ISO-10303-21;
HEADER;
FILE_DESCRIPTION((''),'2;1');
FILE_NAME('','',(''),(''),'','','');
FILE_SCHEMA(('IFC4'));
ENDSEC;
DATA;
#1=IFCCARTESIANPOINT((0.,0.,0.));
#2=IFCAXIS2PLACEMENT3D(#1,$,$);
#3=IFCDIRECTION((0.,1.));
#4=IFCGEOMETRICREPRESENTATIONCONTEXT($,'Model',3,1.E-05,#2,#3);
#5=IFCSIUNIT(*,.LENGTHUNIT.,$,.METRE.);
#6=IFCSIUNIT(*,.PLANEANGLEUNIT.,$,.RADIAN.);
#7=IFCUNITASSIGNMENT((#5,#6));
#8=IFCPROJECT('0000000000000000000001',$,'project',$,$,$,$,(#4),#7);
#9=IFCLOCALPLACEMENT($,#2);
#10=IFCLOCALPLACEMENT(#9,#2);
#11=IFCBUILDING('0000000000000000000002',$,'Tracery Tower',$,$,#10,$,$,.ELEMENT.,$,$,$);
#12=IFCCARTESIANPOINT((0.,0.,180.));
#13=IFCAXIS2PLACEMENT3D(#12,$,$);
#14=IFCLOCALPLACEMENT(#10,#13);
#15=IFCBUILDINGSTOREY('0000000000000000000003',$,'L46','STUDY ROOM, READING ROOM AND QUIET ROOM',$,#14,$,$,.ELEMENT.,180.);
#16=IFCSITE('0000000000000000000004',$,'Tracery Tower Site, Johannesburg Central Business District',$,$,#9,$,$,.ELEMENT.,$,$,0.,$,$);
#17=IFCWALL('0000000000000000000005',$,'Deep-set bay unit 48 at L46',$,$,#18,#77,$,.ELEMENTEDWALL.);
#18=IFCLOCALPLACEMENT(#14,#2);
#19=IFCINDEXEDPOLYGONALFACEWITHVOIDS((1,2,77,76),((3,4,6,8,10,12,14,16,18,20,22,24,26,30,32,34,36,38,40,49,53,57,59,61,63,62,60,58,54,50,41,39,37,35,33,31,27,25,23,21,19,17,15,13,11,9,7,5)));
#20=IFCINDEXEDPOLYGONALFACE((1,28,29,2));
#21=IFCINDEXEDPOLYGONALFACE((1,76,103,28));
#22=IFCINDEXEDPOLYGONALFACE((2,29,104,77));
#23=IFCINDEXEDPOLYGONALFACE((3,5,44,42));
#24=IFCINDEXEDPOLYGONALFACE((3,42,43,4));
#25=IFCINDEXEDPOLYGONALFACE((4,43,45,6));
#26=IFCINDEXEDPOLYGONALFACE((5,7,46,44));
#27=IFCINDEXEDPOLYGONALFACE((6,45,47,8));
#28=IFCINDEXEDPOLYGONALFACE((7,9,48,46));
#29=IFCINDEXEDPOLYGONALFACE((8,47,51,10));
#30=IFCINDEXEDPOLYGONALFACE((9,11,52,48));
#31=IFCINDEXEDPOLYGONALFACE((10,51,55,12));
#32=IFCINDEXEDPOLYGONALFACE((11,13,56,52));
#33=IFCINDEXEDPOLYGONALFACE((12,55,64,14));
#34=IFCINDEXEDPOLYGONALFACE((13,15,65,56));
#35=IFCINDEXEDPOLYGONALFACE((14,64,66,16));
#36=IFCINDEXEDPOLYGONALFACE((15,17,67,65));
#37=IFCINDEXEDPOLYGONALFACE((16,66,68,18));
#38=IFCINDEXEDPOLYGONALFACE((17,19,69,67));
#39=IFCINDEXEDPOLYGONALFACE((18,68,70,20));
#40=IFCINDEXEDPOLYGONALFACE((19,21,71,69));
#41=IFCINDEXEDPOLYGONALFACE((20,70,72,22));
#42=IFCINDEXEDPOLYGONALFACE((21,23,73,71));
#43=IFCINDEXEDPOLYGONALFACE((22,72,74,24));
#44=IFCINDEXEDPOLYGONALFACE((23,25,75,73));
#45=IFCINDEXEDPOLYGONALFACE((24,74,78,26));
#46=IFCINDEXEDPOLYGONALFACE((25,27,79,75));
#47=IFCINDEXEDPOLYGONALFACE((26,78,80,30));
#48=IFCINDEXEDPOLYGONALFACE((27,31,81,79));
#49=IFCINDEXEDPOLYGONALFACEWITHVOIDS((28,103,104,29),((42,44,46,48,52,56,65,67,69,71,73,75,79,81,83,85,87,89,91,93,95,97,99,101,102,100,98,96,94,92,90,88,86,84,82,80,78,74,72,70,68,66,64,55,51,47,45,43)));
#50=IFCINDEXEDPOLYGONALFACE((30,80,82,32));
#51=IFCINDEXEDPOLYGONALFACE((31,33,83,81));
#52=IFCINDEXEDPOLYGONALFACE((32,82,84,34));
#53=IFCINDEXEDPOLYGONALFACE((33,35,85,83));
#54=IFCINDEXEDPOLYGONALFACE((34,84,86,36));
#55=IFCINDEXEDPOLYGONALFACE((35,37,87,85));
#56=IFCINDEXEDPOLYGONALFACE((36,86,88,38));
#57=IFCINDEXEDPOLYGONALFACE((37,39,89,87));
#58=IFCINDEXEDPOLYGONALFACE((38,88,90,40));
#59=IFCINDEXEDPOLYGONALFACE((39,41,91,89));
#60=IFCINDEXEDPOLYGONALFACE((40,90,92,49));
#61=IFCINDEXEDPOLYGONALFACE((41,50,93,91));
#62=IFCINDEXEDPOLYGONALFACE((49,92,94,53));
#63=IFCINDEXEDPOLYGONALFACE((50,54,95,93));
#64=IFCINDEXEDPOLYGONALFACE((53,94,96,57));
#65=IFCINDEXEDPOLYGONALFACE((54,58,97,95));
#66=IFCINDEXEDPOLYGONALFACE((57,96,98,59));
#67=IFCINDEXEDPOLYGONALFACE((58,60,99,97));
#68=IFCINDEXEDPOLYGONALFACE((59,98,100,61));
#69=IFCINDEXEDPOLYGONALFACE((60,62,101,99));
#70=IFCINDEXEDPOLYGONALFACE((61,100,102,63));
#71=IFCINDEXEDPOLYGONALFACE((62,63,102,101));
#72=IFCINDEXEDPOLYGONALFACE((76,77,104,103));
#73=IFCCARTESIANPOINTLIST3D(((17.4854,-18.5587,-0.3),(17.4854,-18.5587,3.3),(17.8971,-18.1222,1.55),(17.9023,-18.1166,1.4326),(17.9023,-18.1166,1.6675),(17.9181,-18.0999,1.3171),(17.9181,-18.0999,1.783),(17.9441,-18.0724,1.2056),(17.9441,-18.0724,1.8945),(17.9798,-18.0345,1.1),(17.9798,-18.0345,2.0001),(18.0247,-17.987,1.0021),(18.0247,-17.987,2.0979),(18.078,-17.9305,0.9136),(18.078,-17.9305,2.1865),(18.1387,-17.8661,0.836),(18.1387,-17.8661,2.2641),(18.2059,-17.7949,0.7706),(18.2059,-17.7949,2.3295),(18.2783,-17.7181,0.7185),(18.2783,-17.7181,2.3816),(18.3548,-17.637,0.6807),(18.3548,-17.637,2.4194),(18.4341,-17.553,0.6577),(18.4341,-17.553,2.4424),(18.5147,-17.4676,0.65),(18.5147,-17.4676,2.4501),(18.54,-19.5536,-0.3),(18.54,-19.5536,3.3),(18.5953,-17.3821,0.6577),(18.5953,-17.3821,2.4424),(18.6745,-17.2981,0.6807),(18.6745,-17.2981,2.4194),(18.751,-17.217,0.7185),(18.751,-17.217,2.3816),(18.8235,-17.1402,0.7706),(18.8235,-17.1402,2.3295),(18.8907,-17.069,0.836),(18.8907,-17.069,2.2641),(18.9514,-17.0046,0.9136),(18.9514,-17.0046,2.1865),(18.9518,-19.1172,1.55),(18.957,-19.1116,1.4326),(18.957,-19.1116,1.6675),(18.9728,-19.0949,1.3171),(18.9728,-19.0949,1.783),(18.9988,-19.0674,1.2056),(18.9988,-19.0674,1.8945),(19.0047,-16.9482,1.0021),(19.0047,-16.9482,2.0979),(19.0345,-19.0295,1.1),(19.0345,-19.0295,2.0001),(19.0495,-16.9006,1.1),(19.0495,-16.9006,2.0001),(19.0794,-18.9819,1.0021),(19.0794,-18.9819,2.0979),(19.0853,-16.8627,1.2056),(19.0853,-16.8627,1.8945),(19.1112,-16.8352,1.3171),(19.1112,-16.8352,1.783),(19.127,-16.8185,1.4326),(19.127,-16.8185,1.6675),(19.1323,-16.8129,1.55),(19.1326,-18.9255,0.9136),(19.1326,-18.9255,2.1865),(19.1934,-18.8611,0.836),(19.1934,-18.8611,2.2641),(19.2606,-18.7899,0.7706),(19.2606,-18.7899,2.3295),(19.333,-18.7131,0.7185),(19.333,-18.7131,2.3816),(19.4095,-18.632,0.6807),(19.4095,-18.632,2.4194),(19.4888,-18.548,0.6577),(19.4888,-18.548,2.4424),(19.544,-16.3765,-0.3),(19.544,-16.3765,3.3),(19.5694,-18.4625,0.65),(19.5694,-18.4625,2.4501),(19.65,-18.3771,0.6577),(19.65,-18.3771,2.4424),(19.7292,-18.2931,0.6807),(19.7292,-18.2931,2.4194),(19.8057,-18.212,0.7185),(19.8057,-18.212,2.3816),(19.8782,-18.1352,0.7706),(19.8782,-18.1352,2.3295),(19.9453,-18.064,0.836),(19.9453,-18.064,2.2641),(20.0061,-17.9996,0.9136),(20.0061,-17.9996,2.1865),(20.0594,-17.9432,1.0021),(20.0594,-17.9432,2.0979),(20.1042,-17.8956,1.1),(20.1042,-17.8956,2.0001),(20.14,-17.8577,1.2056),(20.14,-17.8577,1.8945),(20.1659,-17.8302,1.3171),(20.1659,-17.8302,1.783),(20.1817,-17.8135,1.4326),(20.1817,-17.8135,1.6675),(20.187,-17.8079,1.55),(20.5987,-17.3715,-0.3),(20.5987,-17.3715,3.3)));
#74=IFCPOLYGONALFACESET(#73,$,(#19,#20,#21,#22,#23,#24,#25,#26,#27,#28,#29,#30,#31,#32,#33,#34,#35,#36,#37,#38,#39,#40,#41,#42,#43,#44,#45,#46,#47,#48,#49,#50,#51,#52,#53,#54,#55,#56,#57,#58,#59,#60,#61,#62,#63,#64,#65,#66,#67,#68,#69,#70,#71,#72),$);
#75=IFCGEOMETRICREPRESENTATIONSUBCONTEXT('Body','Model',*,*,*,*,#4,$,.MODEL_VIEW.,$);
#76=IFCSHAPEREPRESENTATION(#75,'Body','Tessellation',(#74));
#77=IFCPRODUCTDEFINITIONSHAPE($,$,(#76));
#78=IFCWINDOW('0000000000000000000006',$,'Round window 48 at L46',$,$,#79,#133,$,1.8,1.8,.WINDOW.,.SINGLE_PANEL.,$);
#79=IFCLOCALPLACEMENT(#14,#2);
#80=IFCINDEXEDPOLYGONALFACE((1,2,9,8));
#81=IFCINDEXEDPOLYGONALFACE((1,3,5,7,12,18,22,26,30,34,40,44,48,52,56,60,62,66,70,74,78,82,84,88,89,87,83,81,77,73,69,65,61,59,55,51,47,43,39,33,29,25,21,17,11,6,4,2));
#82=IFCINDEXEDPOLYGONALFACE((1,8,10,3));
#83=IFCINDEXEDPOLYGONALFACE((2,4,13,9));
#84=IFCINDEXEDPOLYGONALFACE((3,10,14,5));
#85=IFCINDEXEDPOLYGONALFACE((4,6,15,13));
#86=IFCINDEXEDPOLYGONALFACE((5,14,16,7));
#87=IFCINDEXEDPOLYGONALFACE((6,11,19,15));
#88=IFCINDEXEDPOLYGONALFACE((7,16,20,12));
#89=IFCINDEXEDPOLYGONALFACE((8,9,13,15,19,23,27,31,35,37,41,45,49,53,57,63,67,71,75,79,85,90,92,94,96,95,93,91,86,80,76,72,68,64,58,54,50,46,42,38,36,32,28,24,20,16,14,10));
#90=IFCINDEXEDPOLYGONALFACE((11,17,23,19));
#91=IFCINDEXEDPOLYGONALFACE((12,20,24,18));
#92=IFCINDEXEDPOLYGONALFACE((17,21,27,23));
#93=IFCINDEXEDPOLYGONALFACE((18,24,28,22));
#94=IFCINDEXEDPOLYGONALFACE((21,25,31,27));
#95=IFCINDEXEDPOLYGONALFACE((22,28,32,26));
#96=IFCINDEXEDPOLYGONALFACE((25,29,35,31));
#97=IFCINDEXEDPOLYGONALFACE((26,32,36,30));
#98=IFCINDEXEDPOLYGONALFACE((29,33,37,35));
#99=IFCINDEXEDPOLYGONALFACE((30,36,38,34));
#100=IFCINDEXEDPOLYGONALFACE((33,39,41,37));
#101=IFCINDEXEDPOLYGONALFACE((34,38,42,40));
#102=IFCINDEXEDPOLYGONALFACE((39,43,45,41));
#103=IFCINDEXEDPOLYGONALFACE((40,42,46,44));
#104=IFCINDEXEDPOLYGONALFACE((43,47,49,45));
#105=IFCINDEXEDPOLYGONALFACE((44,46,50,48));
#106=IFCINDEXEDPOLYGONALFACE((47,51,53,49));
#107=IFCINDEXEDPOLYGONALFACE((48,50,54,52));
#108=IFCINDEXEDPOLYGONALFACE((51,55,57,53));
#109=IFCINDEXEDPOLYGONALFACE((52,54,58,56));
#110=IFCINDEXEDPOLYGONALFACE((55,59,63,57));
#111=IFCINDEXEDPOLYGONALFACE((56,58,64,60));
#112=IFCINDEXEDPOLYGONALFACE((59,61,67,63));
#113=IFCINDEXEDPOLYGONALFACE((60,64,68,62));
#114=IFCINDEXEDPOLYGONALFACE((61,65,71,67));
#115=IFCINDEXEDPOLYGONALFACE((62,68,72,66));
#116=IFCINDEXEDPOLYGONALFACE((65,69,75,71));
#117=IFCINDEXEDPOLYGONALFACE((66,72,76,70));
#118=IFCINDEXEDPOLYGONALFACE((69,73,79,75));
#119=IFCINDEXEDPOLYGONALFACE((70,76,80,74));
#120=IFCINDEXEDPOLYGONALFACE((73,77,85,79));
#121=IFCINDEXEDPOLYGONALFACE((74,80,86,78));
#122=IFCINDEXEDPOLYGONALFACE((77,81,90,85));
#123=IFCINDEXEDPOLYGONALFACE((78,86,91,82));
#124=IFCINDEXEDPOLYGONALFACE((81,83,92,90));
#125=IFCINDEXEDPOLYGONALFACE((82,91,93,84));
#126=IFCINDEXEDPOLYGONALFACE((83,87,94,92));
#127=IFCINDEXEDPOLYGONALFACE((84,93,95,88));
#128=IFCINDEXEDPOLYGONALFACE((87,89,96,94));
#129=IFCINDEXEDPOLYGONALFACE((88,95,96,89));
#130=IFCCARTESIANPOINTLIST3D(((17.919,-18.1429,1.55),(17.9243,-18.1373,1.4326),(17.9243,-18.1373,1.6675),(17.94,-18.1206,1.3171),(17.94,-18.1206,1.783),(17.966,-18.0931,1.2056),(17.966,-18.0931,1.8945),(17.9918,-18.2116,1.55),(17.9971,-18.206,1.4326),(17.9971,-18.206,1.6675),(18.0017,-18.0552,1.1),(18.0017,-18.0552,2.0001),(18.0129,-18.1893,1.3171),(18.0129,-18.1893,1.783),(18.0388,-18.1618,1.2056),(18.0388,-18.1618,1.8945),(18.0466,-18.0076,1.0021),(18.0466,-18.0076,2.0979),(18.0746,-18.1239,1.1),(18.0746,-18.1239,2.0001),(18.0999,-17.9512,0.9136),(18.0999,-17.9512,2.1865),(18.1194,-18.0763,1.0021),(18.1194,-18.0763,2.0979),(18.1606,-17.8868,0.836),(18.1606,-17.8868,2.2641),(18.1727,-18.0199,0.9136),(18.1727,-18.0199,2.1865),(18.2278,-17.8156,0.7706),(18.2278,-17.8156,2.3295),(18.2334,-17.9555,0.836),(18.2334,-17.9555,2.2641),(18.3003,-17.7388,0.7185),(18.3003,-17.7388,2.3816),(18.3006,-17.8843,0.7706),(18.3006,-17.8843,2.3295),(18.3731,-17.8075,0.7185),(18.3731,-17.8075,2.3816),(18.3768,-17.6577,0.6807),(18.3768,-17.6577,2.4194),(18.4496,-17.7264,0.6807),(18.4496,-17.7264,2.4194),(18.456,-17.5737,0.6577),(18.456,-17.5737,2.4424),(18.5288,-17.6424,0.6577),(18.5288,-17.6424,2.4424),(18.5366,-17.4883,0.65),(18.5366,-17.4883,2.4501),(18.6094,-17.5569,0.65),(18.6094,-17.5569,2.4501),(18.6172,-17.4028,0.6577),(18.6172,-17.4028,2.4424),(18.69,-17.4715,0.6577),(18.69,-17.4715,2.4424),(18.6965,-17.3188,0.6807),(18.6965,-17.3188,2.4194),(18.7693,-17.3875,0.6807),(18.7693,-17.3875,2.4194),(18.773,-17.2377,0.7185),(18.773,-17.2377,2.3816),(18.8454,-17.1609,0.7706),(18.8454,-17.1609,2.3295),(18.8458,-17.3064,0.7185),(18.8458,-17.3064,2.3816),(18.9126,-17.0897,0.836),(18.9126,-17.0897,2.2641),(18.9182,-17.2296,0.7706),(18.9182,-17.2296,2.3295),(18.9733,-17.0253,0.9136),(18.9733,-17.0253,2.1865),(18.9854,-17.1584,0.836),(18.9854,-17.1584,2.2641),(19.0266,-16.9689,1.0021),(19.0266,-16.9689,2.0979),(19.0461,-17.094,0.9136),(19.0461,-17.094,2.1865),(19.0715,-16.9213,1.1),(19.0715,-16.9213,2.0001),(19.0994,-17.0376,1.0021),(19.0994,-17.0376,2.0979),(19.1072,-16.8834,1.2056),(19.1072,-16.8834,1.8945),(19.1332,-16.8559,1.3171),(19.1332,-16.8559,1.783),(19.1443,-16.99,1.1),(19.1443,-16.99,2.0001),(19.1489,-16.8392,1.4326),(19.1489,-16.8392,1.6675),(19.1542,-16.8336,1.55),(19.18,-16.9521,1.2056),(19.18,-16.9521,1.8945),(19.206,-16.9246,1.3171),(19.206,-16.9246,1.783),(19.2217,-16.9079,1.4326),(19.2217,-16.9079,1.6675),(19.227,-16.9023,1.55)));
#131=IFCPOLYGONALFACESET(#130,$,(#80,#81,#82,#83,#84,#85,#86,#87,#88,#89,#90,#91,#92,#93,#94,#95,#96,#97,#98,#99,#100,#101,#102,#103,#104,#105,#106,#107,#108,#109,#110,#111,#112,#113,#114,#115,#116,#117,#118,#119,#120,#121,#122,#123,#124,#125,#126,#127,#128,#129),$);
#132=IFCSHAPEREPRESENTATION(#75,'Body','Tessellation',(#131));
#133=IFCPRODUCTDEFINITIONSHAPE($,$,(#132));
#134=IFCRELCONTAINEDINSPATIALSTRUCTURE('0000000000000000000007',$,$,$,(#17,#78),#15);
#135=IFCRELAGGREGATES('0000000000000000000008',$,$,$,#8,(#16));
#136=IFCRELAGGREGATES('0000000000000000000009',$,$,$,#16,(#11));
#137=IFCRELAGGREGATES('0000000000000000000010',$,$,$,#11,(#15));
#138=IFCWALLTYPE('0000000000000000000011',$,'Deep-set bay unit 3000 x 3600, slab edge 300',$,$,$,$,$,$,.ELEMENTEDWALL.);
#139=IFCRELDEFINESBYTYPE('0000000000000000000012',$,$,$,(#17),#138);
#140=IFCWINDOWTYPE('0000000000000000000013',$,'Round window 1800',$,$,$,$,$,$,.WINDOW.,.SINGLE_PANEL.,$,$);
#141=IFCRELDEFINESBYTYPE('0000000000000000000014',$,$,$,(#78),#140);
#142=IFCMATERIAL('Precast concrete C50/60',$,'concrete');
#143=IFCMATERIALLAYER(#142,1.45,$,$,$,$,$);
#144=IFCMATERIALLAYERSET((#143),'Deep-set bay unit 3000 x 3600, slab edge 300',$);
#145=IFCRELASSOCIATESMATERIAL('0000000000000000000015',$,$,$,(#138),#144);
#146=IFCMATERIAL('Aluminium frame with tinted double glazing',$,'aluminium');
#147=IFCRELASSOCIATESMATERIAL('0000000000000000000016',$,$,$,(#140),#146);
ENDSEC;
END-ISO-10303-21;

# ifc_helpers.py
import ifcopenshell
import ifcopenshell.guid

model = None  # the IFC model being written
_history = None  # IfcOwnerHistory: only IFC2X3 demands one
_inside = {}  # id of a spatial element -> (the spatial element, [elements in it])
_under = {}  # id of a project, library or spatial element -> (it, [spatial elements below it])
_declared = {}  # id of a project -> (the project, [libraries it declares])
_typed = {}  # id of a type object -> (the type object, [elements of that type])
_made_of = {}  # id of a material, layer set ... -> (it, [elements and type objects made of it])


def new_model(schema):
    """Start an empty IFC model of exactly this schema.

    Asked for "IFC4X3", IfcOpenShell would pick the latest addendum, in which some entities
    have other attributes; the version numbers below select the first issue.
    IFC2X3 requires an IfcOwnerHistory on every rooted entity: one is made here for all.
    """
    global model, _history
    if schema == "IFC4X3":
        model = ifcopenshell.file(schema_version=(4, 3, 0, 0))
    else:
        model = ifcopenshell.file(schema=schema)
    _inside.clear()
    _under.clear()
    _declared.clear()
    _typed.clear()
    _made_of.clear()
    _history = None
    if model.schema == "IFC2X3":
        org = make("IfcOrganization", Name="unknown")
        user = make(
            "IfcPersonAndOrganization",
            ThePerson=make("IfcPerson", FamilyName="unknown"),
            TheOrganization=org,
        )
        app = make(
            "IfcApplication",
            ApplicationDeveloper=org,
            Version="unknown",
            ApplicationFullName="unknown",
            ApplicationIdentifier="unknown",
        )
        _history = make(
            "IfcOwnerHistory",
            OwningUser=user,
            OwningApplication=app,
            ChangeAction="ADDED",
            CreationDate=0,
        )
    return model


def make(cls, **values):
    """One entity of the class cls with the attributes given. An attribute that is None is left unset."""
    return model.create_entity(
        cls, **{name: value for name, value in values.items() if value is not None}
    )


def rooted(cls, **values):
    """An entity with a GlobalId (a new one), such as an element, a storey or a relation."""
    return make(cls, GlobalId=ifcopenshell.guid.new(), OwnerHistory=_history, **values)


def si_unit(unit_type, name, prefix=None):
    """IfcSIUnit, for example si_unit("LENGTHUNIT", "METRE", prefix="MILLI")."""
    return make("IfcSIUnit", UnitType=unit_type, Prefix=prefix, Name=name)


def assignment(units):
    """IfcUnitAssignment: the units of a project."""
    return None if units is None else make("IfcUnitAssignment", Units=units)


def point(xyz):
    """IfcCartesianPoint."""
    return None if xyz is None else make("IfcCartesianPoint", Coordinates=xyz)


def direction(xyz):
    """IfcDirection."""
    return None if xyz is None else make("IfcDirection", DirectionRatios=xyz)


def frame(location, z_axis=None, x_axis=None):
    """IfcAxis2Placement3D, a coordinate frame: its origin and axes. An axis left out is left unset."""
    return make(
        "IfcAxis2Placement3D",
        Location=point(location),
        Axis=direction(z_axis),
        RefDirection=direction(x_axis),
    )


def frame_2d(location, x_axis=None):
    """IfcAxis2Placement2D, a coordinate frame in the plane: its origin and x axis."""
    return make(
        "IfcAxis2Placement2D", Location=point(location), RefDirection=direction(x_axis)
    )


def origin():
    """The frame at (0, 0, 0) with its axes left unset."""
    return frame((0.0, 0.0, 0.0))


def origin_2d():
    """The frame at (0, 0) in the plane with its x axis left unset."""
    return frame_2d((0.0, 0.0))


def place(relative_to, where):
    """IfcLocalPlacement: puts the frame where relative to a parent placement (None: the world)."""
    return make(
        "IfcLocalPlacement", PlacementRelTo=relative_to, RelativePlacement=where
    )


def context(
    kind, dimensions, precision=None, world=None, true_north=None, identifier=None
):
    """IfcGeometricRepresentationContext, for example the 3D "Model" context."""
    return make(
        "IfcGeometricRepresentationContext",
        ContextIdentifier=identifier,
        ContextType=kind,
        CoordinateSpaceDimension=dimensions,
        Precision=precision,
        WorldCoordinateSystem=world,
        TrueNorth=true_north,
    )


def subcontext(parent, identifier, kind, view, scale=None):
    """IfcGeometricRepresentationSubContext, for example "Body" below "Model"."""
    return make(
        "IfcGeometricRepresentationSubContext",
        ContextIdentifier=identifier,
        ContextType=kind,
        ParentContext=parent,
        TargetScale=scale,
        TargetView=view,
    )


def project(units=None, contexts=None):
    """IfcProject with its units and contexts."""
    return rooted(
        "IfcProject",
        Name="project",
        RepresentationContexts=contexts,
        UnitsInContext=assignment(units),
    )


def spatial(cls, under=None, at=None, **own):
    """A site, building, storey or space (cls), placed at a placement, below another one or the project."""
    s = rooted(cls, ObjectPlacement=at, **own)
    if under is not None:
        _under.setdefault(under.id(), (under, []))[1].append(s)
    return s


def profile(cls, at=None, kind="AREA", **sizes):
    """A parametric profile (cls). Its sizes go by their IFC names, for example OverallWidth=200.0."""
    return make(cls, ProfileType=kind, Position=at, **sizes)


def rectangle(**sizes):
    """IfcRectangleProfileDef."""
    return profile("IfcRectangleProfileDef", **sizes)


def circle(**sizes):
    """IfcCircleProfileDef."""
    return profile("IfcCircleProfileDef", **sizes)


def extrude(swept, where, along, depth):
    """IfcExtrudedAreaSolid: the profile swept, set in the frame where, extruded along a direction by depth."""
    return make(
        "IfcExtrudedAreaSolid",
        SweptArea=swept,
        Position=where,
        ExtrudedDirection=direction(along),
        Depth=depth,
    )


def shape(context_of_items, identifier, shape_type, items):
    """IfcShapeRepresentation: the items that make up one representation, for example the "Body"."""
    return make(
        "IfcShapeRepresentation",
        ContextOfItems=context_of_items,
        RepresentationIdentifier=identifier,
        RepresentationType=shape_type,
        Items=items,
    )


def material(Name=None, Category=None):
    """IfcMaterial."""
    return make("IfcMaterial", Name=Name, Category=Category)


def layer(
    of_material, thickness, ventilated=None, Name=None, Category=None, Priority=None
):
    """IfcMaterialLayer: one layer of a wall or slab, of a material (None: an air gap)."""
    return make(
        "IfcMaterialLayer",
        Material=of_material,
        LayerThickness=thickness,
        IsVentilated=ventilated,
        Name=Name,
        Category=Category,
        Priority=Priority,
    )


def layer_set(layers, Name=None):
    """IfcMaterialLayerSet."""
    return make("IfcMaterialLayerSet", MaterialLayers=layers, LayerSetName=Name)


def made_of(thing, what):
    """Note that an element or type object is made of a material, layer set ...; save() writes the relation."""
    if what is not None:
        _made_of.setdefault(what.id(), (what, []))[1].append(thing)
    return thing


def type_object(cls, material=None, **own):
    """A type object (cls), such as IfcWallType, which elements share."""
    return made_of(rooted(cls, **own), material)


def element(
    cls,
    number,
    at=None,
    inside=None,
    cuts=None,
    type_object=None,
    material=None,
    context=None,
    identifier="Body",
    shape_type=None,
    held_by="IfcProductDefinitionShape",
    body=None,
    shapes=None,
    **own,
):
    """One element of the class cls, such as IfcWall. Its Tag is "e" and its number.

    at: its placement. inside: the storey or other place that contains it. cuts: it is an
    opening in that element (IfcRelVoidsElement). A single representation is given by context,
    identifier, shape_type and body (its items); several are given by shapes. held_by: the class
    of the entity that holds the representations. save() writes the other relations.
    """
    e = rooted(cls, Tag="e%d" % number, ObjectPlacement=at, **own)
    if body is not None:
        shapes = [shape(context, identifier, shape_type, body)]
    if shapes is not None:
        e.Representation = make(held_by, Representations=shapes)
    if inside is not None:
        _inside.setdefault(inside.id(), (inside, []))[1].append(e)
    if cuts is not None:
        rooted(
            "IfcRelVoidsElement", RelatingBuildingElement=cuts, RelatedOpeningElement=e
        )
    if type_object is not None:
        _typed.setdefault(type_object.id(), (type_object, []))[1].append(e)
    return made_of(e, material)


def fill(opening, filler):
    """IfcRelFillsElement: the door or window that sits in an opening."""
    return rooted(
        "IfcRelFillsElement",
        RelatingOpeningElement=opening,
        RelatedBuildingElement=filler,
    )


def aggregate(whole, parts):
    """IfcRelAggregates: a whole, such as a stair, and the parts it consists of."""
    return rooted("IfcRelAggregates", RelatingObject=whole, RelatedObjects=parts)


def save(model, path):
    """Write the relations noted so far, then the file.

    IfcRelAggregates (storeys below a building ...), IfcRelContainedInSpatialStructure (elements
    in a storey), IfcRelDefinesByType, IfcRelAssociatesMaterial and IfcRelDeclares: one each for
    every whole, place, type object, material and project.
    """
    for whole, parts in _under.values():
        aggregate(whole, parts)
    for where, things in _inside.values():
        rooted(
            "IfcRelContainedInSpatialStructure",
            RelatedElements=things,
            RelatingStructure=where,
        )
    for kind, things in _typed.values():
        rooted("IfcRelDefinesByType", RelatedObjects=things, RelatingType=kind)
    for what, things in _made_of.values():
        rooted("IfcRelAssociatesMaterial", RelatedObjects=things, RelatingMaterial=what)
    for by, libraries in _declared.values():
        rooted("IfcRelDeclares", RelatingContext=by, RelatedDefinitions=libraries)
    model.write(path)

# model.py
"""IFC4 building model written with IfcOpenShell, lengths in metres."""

from ifc_helpers import new_model, si_unit, direction, frame, frame_2d, origin, origin_2d, place, context, subcontext, project, spatial, rectangle, circle, extrude, material, layer, layer_set, type_object, element, fill, save


model = new_model("IFC4")

# Units and contexts
model_context = context("Model", 3, precision=1e-05, world=origin(), true_north=direction((0.0, 1.0)))
body_context = subcontext(model_context, "Body", "Model", "MODEL_VIEW")
ifc_project = project(units=[si_unit("LENGTHUNIT", "METRE"), si_unit("PLANEANGLEUNIT", "RADIAN")], contexts=[model_context])

# Site, building, storey
site_placement = place(None, origin())
site = spatial("IfcSite", under=ifc_project, at=site_placement, Name="Tracery Tower Site, Johannesburg Central Business District", CompositionType="ELEMENT", RefElevation=0.0)
building_placement = place(site_placement, origin())
building = spatial("IfcBuilding", under=site, at=building_placement, Name="Tracery Tower", CompositionType="ELEMENT")
storey_placement = place(building_placement, frame((0.0, 0.0, 180.0)))
storey = spatial("IfcBuildingStorey", under=building, at=storey_placement, Name="L46", Description="STUDY ROOM, READING ROOM AND QUIET ROOM", CompositionType="ELEMENT", Elevation=180.0)

# Wall, opening, window
ifc_material_1 = material(Name="Precast concrete C50/60", Category="concrete")
ifc_layer_1 = layer(ifc_material_1, 1.45)
ifc_layer_set_1 = layer_set([ifc_layer_1], Name="Deep-set bay unit 3000 x 3600, slab edge 300")
wall_type_1 = type_object("IfcWallType", Name="Deep-set bay unit 3000 x 3600, slab edge 300", PredefinedType="ELEMENTEDWALL", material=ifc_layer_set_1)
ifc_material_2 = material(Name="Aluminium frame with tinted double glazing", Category="aluminium")
window_type = type_object("IfcWindowType", Name="Round window 1800", PartitioningType="SINGLE_PANEL", PredefinedType="WINDOW", material=ifc_material_2)
wall_1_placement = place(storey_placement, frame((18.0127, -19.0562, -0.3), z_axis=(0.0, 0.0, 1.0), x_axis=(0.686217, 0.727397, 0.0)))
wall_1 = element("IfcWall", 1, at=wall_1_placement, inside=storey, type_object=wall_type_1, Name="Deep-set bay unit 48 at L46", PredefinedType="ELEMENTEDWALL", context=body_context, shape_type="SweptSolid", body=[
    extrude(rectangle(XDim=3.0, YDim=1.45, at=frame_2d((1.5, 0.0))), origin(), (0.0, 0.0, 1.0), 3.6001),
])
opening_1_placement = place(wall_1_placement, frame((1.5, 0.0, 1.8501)))
opening_1 = element("IfcOpeningElement", 2, at=opening_1_placement, cuts=wall_1, PredefinedType="OPENING", context=body_context, shape_type="SweptSolid", body=[
    extrude(circle(Radius=0.9, at=origin_2d()), frame((0.0, 0.7349, 0.0), z_axis=(0.0, -1.0, 0.0), x_axis=(1.0, 0.0, 0.0)), (0.0, 0.0, 1.0), 1.47),
])
window_1_placement = place(opening_1_placement, origin())
window_1 = element("IfcWindow", 3, at=window_1_placement, inside=storey, type_object=window_type, Name="Round window 48 at L46", OverallHeight=1.8, OverallWidth=1.8, PartitioningType="SINGLE_PANEL", PredefinedType="WINDOW", context=body_context, shape_type="SweptSolid", body=[
    extrude(circle(Radius=0.9, at=origin_2d()), frame((0.0, 0.6948, 0.0), z_axis=(0.0, -1.0, 0.0), x_axis=(1.0, 0.0, 0.0)), (0.0, 0.0, 1.0), 0.1001),
])
fill(opening_1, window_1)

save(model, "model.ifc")
